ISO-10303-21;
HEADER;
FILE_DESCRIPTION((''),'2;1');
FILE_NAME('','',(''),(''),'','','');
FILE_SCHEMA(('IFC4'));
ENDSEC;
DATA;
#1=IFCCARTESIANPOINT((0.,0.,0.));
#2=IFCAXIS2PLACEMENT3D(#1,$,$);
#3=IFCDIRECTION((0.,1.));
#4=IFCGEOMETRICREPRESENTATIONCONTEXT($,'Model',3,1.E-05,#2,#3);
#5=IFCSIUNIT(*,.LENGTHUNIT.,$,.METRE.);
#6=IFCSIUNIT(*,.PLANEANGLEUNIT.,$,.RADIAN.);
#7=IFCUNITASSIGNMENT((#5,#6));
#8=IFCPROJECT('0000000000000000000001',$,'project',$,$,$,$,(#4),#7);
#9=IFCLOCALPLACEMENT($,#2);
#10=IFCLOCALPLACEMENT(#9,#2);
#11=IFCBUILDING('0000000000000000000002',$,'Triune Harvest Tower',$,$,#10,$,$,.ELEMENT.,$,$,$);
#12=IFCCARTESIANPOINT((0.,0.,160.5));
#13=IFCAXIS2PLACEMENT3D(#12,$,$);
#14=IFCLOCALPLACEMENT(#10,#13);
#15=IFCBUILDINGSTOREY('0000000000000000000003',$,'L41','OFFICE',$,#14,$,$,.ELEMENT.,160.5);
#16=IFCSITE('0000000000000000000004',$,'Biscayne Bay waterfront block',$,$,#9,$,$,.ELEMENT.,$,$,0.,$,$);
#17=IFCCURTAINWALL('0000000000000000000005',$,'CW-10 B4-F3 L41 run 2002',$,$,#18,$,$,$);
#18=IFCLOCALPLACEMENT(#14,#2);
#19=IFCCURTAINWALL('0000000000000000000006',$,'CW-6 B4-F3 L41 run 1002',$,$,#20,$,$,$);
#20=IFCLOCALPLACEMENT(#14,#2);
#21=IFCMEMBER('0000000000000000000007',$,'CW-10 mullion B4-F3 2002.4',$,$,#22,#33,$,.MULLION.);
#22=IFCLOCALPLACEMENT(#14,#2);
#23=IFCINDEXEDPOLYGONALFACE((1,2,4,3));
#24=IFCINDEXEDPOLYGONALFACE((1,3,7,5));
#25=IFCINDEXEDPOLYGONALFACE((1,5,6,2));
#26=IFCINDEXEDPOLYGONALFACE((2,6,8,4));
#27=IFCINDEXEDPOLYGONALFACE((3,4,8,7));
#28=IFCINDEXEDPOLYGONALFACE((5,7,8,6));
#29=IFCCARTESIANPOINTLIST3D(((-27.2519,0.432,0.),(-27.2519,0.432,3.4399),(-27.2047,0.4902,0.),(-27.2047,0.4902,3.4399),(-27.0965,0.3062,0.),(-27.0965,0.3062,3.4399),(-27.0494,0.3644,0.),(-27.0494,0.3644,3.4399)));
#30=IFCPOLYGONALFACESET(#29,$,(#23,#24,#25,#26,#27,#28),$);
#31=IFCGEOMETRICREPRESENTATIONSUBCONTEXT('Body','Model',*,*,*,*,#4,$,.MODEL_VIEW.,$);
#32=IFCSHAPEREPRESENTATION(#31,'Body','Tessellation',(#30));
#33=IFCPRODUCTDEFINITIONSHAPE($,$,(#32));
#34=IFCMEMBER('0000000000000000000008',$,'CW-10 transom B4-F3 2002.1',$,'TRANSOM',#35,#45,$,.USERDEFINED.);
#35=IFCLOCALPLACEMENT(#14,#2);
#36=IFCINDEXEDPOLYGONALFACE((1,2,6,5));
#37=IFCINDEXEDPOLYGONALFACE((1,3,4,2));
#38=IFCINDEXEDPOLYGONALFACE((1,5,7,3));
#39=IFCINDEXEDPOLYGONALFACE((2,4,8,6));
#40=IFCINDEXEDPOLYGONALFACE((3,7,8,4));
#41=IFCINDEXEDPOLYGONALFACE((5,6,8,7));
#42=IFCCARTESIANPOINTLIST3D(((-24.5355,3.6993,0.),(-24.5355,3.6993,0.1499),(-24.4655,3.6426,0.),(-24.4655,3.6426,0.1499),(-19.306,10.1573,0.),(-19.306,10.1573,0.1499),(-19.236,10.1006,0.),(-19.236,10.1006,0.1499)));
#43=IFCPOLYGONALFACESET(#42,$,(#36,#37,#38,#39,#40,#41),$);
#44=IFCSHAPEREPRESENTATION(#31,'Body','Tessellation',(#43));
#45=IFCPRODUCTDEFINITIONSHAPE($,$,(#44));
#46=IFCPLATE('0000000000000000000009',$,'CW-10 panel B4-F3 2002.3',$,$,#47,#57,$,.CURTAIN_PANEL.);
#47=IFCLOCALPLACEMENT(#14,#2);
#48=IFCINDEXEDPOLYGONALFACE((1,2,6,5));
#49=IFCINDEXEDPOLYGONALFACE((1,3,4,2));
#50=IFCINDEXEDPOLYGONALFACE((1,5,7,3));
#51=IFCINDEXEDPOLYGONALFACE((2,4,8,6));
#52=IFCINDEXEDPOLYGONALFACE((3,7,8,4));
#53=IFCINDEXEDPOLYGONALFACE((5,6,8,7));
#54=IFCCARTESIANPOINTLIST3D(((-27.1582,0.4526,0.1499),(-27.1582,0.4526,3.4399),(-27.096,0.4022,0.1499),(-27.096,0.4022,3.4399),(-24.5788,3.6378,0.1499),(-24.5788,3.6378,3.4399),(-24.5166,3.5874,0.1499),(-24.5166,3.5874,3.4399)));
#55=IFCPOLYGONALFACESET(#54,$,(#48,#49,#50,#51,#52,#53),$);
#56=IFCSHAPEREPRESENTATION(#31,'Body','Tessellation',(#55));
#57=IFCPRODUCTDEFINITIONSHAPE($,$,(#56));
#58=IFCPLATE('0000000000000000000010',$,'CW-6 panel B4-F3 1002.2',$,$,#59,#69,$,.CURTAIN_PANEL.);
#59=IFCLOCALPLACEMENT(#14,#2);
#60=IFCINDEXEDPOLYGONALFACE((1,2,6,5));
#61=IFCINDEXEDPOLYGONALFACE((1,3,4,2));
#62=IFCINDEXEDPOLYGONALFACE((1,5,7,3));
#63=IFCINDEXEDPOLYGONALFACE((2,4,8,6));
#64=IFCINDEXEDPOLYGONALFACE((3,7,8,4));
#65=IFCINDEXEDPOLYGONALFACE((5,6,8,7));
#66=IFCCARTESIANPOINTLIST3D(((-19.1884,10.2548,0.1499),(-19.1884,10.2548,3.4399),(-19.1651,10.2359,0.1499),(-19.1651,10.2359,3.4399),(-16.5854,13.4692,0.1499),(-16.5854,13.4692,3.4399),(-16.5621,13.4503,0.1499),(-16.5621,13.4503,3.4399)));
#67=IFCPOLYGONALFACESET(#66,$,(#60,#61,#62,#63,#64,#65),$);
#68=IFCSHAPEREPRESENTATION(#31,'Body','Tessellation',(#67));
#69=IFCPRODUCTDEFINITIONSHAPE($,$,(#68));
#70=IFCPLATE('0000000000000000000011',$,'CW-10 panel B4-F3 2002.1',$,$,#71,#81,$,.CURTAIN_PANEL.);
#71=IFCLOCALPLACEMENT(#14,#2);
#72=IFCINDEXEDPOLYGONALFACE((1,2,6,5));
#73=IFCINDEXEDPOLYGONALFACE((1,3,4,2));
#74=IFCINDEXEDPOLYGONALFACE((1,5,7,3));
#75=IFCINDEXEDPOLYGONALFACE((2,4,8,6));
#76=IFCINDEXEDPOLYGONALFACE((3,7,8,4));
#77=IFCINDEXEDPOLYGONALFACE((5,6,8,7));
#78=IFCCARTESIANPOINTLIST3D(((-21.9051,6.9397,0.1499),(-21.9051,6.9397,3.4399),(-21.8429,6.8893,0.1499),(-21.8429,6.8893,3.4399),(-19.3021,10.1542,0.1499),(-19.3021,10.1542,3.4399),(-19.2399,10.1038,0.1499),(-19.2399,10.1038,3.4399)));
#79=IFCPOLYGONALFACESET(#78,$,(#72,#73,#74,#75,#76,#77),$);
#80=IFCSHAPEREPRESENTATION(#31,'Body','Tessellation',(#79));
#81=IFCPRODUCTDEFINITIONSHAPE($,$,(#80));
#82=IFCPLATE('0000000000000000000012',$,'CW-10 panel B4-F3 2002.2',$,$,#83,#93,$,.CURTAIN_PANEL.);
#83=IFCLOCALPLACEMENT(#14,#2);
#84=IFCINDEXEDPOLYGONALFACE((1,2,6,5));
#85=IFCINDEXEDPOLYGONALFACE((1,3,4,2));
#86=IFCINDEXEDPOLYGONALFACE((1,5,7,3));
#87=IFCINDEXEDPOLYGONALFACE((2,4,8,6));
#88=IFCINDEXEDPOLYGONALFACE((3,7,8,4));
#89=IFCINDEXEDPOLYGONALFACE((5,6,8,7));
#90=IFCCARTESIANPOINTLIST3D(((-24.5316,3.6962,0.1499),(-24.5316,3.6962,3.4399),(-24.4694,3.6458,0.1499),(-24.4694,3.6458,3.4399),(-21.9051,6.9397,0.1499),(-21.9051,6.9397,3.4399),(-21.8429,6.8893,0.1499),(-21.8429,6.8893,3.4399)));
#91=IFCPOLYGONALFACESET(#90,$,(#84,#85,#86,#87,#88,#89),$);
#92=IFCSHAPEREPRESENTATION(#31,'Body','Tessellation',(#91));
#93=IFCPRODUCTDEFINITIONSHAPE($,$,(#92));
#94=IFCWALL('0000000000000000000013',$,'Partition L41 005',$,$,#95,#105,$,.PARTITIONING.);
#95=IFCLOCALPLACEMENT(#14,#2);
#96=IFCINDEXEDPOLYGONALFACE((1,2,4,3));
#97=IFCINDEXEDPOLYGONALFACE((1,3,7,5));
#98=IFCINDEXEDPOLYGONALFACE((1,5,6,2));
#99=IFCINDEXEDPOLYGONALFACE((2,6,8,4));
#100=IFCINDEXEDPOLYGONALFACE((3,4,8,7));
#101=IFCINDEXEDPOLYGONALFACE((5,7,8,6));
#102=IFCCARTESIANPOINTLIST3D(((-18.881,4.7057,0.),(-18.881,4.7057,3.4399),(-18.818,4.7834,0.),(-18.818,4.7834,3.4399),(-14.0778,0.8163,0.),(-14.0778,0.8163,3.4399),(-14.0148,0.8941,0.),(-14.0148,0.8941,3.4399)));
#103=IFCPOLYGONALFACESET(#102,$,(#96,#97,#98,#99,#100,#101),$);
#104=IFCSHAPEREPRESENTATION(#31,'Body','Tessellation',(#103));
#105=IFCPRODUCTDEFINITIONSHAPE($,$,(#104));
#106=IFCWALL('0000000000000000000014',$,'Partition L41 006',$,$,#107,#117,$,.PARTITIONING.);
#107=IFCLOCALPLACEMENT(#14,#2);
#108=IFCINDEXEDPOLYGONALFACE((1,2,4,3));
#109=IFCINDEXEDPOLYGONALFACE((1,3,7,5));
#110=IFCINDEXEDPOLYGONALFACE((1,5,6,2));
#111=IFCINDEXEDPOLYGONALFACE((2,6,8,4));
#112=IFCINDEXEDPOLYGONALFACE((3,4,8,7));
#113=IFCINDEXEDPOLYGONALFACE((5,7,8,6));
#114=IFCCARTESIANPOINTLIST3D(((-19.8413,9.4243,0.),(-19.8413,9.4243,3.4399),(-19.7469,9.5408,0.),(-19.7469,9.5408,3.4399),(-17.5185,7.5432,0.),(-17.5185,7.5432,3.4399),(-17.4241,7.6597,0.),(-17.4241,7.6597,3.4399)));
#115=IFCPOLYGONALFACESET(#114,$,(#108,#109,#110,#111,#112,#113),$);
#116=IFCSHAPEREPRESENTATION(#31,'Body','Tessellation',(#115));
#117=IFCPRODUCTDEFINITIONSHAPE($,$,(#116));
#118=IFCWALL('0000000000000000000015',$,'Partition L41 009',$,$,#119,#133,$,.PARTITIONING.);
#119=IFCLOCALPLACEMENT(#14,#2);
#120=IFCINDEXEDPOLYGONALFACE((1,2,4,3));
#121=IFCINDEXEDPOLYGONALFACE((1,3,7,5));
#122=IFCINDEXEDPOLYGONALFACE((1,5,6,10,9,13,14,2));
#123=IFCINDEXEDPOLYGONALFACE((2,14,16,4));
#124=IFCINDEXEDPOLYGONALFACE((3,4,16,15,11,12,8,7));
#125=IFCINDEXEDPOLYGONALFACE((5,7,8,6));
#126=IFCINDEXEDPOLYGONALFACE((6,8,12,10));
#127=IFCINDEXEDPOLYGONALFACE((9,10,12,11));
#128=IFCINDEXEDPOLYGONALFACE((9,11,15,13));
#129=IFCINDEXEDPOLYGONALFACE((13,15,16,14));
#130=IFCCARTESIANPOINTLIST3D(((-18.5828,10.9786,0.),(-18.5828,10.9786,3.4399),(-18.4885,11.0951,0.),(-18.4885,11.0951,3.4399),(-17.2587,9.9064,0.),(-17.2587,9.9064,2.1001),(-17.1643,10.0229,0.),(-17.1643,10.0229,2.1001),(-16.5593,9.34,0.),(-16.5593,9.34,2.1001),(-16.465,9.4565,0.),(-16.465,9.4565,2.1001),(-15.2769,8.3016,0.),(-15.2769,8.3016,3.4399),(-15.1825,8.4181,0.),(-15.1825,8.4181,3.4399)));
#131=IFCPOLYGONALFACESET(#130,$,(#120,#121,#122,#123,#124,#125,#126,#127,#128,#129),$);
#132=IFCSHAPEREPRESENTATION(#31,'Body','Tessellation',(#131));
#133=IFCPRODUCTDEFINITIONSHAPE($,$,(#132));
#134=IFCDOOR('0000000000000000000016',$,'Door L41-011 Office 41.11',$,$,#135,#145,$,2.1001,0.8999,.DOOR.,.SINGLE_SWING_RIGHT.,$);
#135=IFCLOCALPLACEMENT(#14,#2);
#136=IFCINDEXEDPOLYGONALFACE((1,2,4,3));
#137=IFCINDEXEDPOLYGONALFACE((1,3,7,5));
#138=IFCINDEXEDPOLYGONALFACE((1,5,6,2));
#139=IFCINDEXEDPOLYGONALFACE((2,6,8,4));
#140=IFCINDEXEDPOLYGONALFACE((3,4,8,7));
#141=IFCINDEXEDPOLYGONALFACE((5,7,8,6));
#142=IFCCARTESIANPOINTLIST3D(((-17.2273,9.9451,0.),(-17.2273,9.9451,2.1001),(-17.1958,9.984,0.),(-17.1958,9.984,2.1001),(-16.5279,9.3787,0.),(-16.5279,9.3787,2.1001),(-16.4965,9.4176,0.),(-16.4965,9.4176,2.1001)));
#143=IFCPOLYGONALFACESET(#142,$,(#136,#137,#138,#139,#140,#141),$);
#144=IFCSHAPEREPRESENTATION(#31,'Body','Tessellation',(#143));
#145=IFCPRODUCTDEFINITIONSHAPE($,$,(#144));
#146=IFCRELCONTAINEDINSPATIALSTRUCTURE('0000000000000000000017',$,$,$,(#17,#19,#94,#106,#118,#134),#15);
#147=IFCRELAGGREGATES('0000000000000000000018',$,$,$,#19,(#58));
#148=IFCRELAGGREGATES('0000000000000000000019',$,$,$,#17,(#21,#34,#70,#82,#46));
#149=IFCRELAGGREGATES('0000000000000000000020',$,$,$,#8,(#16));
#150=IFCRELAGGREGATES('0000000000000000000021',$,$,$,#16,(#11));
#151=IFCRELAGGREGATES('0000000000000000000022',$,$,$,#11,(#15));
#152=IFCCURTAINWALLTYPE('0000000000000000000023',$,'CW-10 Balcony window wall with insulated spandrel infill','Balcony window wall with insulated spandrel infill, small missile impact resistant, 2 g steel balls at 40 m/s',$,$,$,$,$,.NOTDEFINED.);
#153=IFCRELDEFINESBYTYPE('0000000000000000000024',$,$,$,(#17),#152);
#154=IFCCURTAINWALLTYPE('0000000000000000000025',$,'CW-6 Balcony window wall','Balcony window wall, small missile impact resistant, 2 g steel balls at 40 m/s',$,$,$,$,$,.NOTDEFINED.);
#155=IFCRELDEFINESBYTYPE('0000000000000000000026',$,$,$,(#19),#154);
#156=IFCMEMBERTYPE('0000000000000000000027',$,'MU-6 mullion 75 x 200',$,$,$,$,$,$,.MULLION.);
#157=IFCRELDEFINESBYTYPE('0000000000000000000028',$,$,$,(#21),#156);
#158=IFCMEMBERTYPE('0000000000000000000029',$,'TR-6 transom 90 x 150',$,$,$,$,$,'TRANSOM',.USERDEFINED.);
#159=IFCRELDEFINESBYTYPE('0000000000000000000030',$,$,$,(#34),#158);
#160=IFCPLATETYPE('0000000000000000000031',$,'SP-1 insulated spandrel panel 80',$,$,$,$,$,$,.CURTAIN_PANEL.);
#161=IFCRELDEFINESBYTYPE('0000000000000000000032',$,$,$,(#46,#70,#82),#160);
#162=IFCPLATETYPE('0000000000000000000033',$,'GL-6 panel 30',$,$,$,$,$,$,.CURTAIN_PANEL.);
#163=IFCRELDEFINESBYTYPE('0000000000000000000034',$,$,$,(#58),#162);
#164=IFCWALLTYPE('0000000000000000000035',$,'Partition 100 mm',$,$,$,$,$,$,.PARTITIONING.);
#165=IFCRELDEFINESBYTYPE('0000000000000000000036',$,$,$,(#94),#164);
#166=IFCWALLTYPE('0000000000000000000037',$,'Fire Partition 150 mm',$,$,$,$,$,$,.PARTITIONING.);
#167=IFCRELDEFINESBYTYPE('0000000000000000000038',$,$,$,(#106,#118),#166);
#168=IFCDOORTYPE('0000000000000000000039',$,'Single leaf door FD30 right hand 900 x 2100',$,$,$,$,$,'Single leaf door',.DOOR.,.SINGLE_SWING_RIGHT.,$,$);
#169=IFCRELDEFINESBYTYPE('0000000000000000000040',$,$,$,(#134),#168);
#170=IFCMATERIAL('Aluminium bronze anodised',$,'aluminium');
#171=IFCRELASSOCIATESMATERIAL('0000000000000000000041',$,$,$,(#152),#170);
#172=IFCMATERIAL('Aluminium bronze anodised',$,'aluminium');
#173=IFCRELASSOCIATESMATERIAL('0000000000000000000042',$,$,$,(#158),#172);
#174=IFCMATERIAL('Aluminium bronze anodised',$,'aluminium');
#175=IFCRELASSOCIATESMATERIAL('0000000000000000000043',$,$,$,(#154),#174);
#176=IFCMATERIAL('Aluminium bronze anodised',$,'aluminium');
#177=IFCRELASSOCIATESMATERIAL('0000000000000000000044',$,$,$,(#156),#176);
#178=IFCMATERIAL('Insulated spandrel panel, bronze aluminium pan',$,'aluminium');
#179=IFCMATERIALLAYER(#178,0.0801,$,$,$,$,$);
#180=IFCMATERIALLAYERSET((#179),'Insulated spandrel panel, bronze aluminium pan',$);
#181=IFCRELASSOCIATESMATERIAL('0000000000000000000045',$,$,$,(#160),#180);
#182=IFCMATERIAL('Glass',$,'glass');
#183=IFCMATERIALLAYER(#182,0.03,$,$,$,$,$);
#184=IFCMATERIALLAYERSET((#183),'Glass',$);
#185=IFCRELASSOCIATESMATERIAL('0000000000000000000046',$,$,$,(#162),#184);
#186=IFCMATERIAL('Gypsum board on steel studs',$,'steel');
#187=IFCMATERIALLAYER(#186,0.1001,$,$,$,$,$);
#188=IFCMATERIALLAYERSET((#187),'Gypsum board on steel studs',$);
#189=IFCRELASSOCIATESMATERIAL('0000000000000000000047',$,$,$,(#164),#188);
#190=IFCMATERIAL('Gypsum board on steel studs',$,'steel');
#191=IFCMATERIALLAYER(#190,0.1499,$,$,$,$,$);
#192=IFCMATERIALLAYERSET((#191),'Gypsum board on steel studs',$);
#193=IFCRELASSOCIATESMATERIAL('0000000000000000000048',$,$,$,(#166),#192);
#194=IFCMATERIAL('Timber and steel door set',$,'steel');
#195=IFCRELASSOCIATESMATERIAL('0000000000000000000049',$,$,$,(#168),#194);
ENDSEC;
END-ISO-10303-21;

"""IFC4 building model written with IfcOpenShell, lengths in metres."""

from ifc_helpers import new_model, si_unit, direction, frame, frame_2d, origin, origin_2d, place, context, subcontext, project, spatial, rectangle, extrude, source, transform, mapped, material, layer, layer_set, material_profile, profile_set, type_object, element, fill, aggregate, save


model = new_model("IFC4")

# Units and contexts
model_context = context("Model", 3, precision=1e-05, world=origin(), true_north=direction((0.0, 1.0)))
body_context = subcontext(model_context, "Body", "Model", "MODEL_VIEW")
ifc_project = project(units=[si_unit("LENGTHUNIT", "METRE"), si_unit("PLANEANGLEUNIT", "RADIAN")], contexts=[model_context])

# Site, building, storey
site_placement = place(None, origin())
site = spatial("IfcSite", under=ifc_project, at=site_placement, Name="Biscayne Bay waterfront block", CompositionType="ELEMENT", RefElevation=0.0)
building_placement = place(site_placement, origin())
building = spatial("IfcBuilding", under=site, at=building_placement, Name="Triune Harvest Tower", CompositionType="ELEMENT")
storey_placement = place(building_placement, frame((0.0, 0.0, 160.5)))
storey = spatial("IfcBuildingStorey", under=building, at=storey_placement, Name="L41", Description="OFFICE", CompositionType="ELEMENT", Elevation=160.5)

# Curtain wall
ifc_material_1 = material(Name="Aluminium bronze anodised", Category="aluminium")
curtain_wall_type_1 = type_object("IfcCurtainWallType", Name="CW-10 Balcony window wall with insulated spandrel infill", Description="Balcony window wall with insulated spandrel infill, small missile impact resistant, 2 g steel balls at 40 m/s", PredefinedType="NOTDEFINED", material=ifc_material_1)
curtain_wall_1_placement = place(storey_placement, origin())
curtain_wall_1 = element("IfcCurtainWall", 1, at=curtain_wall_1_placement, inside=storey, type_object=curtain_wall_type_1, Name="CW-10 B4-F3 L41 run 2002")
ifc_material_2 = material(Name="Aluminium bronze anodised", Category="aluminium")
ifc_material_profile_1 = material_profile(ifc_material_2, rectangle(XDim=0.0901, YDim=0.1499, at=origin_2d()), Name="TR-6 transom 90 x 150")
ifc_profile_set_1 = profile_set([ifc_material_profile_1], Name="Aluminium bronze anodised")
member_type_1 = type_object("IfcMemberType", Name="TR-6 transom 90 x 150", ElementType="TRANSOM", PredefinedType="USERDEFINED", material=ifc_profile_set_1)

# Curtain wall
ifc_material_3 = material(Name="Aluminium bronze anodised", Category="aluminium")
curtain_wall_type_2 = type_object("IfcCurtainWallType", Name="CW-6 Balcony window wall", Description="Balcony window wall, small missile impact resistant, 2 g steel balls at 40 m/s", PredefinedType="NOTDEFINED", material=ifc_material_3)
curtain_wall_2_placement = place(storey_placement, origin())
curtain_wall_2 = element("IfcCurtainWall", 2, at=curtain_wall_2_placement, inside=storey, type_object=curtain_wall_type_2, Name="CW-6 B4-F3 L41 run 1002")
ifc_material_4 = material(Name="Aluminium bronze anodised", Category="aluminium")
ifc_material_profile_2 = material_profile(ifc_material_4, rectangle(XDim=0.2, YDim=0.075, at=origin_2d()), Name="MU-6 mullion 75 x 200")
ifc_profile_set_2 = profile_set([ifc_material_profile_2], Name="Aluminium bronze anodised")
member_type_2 = type_object("IfcMemberType", Name="MU-6 mullion 75 x 200", PredefinedType="MULLION", material=ifc_profile_set_2)
shared_shape_1 = source(origin(), body_context, "Body", "SweptSolid", [
    extrude(rectangle(XDim=0.2, YDim=0.075, at=origin_2d()), origin(), (0.0, 0.0, 1.0), 3.4399),
])

# Members
member_1_placement = place(storey_placement, frame((-27.1506, 0.3982, 0.0), z_axis=(0.0, 0.0, 1.0), x_axis=(0.777148, -0.629318, 0.0)))
member_1 = element("IfcMember", 3, at=member_1_placement, type_object=member_type_2, Name="CW-10 mullion B4-F3 2002.4", PredefinedType="MULLION", context=body_context, shape_type="MappedRepresentation", body=[
    mapped(shared_shape_1, transform((0.0, 0.0, 0.0), scale=1.0)),
])
shared_shape_2 = source(origin(), body_context, "Body", "SweptSolid", [
    extrude(rectangle(XDim=0.0901, YDim=0.1499, at=origin_2d()), origin(), (0.0, 0.0, 1.0), 8.3098),
])
member_2_placement = place(storey_placement, frame((-19.271, 10.1289, 0.075), z_axis=(-0.629313, -0.777152, 0.0), x_axis=(0.777152, -0.629313, 0.0)))
member_2 = element("IfcMember", 4, at=member_2_placement, type_object=member_type_1, Name="CW-10 transom B4-F3 2002.1", ObjectType="TRANSOM", PredefinedType="USERDEFINED", context=body_context, shape_type="MappedRepresentation", body=[
    mapped(shared_shape_2, transform((0.0, 0.0, 0.0), scale=1.0)),
])

# Plates
ifc_material_5 = material(Name="Insulated spandrel panel, bronze aluminium pan", Category="aluminium")
ifc_layer_1 = layer(ifc_material_5, 0.0801)
ifc_layer_set_1 = layer_set([ifc_layer_1], Name="Insulated spandrel panel, bronze aluminium pan")
plate_type_1 = type_object("IfcPlateType", Name="SP-1 insulated spandrel panel 80", PredefinedType="CURTAIN_PANEL", material=ifc_layer_set_1)
plate_1_placement = place(storey_placement, frame((-25.8374, 2.02, 0.1499), z_axis=(0.0, 0.0, 1.0), x_axis=(-0.629318, -0.777148, 0.0)))
plate_1 = element("IfcPlate", 5, at=plate_1_placement, type_object=plate_type_1, Name="CW-10 panel B4-F3 2002.3", PredefinedType="CURTAIN_PANEL", context=body_context, shape_type="SweptSolid", body=[
    extrude(rectangle(XDim=4.0986, YDim=0.0801, at=origin_2d()), origin(), (0.0, 0.0, 1.0), 3.29),
])
ifc_material_6 = material(Name="Glass", Category="glass")
ifc_layer_2 = layer(ifc_material_6, 0.03)
ifc_layer_set_2 = layer_set([ifc_layer_2], Name="Glass")
plate_type_2 = type_object("IfcPlateType", Name="GL-6 panel 30", PredefinedType="CURTAIN_PANEL", material=ifc_layer_set_2)
shared_shape_3 = source(origin(), body_context, "Body", "SweptSolid", [
    extrude(rectangle(XDim=4.1362, YDim=0.03, at=origin_2d()), origin(), (0.0, 0.0, 1.0), 3.29),
])
plate_2_placement = place(storey_placement, frame((-17.8752, 11.8525, 0.1499), z_axis=(0.0, 0.0, 1.0), x_axis=(-0.629322, -0.777145, 0.0)))
plate_2 = element("IfcPlate", 6, at=plate_2_placement, type_object=plate_type_2, Name="CW-6 panel B4-F3 1002.2", PredefinedType="CURTAIN_PANEL", context=body_context, shape_type="MappedRepresentation", body=[
    mapped(shared_shape_3, transform((0.0, 0.0, 0.0), scale=1.0)),
])
aggregate(curtain_wall_2, [plate_2])
shared_shape_4 = source(origin(), body_context, "Body", "SweptSolid", [
    extrude(rectangle(XDim=4.1362, YDim=0.0801, at=origin_2d()), origin(), (0.0, 0.0, 1.0), 3.29),
])
plate_3_placement = place(storey_placement, frame((-20.5725, 8.5217, 0.1499), z_axis=(0.0, 0.0, 1.0), x_axis=(-0.629318, -0.777148, 0.0)))
plate_3 = element("IfcPlate", 7, at=plate_3_placement, type_object=plate_type_1, Name="CW-10 panel B4-F3 2002.1", PredefinedType="CURTAIN_PANEL", context=body_context, shape_type="MappedRepresentation", body=[
    mapped(shared_shape_4, transform((0.0, 0.0, 0.0), scale=1.0)),
])
shared_shape_5 = source(origin(), body_context, "Body", "SweptSolid", [
    extrude(rectangle(XDim=4.1736, YDim=0.0801, at=origin_2d()), origin(), (0.0, 0.0, 1.0), 3.29),
])
plate_4_placement = place(storey_placement, frame((-23.1873, 5.2927, 0.1499), z_axis=(0.0, 0.0, 1.0), x_axis=(-0.629318, -0.777148, 0.0)))
plate_4 = element("IfcPlate", 8, at=plate_4_placement, type_object=plate_type_1, Name="CW-10 panel B4-F3 2002.2", PredefinedType="CURTAIN_PANEL", context=body_context, shape_type="MappedRepresentation", body=[
    mapped(shared_shape_5, transform((0.0, 0.0, 0.0), scale=1.0)),
])
aggregate(curtain_wall_1, [member_1, member_2, plate_3, plate_4, plate_1])

# Walls
ifc_material_7 = material(Name="Gypsum board on steel studs", Category="steel")
ifc_layer_3 = layer(ifc_material_7, 0.1001)
ifc_layer_set_3 = layer_set([ifc_layer_3], Name="Gypsum board on steel studs")
wall_type_1 = type_object("IfcWallType", Name="Partition 100 mm", PredefinedType="PARTITIONING", material=ifc_layer_set_3)
shared_shape_6 = source(origin(), body_context, "Body", "SweptSolid", [
    extrude(rectangle(XDim=6.1804, YDim=0.1001, at=frame_2d((3.0903, 0.0))), origin(), (0.0, 0.0, 1.0), 3.4399),
])
wall_1_placement = place(storey_placement, frame((-18.8496, 4.7446, 0.0), z_axis=(0.0, 0.0, 1.0), x_axis=(0.777159, -0.629304, 0.0)))
element("IfcWall", 9, at=wall_1_placement, inside=storey, type_object=wall_type_1, Name="Partition L41 005", PredefinedType="PARTITIONING", context=body_context, shape_type="MappedRepresentation", body=[
    mapped(shared_shape_6, transform((0.0, 0.0, 0.0), scale=1.0)),
])
ifc_material_8 = material(Name="Gypsum board on steel studs", Category="steel")
ifc_layer_4 = layer(ifc_material_8, 0.1499)
ifc_layer_set_4 = layer_set([ifc_layer_4], Name="Gypsum board on steel studs")
wall_type_2 = type_object("IfcWallType", Name="Fire Partition 150 mm", PredefinedType="PARTITIONING", material=ifc_layer_set_4)
shared_shape_7 = source(origin(), body_context, "Body", "SweptSolid", [
    extrude(rectangle(XDim=2.989, YDim=0.1499, at=frame_2d((1.4946, 0.0))), origin(), (0.0, 0.0, 1.0), 3.4399),
])
wall_2_placement = place(storey_placement, frame((-19.7942, 9.4827, 0.0), z_axis=(0.0, 0.0, 1.0), x_axis=(0.777117, -0.629356, 0.0)))
element("IfcWall", 10, at=wall_2_placement, inside=storey, type_object=wall_type_2, Name="Partition L41 006", PredefinedType="PARTITIONING", context=body_context, shape_type="MappedRepresentation", body=[
    mapped(shared_shape_7, transform((0.0, 0.0, 0.0), scale=1.0)),
])

# Wall, opening, door
shared_shape_8 = source(origin(), body_context, "Body", "SweptSolid", [
    extrude(rectangle(XDim=4.2539, YDim=0.1499, at=frame_2d((2.127, 0.0))), origin(), (0.0, 0.0, 1.0), 3.4399),
])
wall_3_placement = place(storey_placement, frame((-18.5356, 11.0369, 0.0), z_axis=(0.0, 0.0, 1.0), x_axis=(0.777154, -0.62931, 0.0)))
wall_3 = element("IfcWall", 11, at=wall_3_placement, inside=storey, type_object=wall_type_2, Name="Partition L41 009", PredefinedType="PARTITIONING", context=body_context, shape_type="MappedRepresentation", body=[
    mapped(shared_shape_8, transform((0.0, 0.0, 0.0), scale=1.0)),
])
opening_1_placement = place(wall_3_placement, frame((1.7039, 0.0, 0.0)))
opening_1 = element("IfcOpeningElement", 12, at=opening_1_placement, cuts=wall_3, PredefinedType="OPENING", context=body_context, shape_type="SweptSolid", body=[
    extrude(rectangle(XDim=0.8999, YDim=2.1001, at=frame_2d((0.45, 1.05))), frame((0.0, 0.085, 0.0), z_axis=(0.0, -1.0, 0.0), x_axis=(1.0, 0.0, 0.0)), (0.0, 0.0, 1.0), 0.1699),
])
ifc_material_9 = material(Name="Timber and steel door set", Category="steel")
door_type_1 = type_object("IfcDoorType", Name="Single leaf door FD30 right hand 900 x 2100", ElementType="Single leaf door", OperationType="SINGLE_SWING_RIGHT", PredefinedType="DOOR", material=ifc_material_9)
door_1_placement = place(opening_1_placement, origin())
door_1 = element("IfcDoor", 13, at=door_1_placement, inside=storey, type_object=door_type_1, Name="Door L41-011 Office 41.11", OperationType="SINGLE_SWING_RIGHT", OverallHeight=2.1001, OverallWidth=0.8999, PredefinedType="DOOR", context=body_context, shape_type="SweptSolid", body=[
    extrude(rectangle(XDim=0.8999, YDim=2.1001, at=frame_2d((0.45, 1.05))), frame((0.0, 0.0249, 0.0), z_axis=(0.0, -1.0, 0.0), x_axis=(1.0, 0.0, 0.0)), (0.0, 0.0, 1.0), 0.05),
])
fill(opening_1, door_1)

save(model, "model.ifc")
